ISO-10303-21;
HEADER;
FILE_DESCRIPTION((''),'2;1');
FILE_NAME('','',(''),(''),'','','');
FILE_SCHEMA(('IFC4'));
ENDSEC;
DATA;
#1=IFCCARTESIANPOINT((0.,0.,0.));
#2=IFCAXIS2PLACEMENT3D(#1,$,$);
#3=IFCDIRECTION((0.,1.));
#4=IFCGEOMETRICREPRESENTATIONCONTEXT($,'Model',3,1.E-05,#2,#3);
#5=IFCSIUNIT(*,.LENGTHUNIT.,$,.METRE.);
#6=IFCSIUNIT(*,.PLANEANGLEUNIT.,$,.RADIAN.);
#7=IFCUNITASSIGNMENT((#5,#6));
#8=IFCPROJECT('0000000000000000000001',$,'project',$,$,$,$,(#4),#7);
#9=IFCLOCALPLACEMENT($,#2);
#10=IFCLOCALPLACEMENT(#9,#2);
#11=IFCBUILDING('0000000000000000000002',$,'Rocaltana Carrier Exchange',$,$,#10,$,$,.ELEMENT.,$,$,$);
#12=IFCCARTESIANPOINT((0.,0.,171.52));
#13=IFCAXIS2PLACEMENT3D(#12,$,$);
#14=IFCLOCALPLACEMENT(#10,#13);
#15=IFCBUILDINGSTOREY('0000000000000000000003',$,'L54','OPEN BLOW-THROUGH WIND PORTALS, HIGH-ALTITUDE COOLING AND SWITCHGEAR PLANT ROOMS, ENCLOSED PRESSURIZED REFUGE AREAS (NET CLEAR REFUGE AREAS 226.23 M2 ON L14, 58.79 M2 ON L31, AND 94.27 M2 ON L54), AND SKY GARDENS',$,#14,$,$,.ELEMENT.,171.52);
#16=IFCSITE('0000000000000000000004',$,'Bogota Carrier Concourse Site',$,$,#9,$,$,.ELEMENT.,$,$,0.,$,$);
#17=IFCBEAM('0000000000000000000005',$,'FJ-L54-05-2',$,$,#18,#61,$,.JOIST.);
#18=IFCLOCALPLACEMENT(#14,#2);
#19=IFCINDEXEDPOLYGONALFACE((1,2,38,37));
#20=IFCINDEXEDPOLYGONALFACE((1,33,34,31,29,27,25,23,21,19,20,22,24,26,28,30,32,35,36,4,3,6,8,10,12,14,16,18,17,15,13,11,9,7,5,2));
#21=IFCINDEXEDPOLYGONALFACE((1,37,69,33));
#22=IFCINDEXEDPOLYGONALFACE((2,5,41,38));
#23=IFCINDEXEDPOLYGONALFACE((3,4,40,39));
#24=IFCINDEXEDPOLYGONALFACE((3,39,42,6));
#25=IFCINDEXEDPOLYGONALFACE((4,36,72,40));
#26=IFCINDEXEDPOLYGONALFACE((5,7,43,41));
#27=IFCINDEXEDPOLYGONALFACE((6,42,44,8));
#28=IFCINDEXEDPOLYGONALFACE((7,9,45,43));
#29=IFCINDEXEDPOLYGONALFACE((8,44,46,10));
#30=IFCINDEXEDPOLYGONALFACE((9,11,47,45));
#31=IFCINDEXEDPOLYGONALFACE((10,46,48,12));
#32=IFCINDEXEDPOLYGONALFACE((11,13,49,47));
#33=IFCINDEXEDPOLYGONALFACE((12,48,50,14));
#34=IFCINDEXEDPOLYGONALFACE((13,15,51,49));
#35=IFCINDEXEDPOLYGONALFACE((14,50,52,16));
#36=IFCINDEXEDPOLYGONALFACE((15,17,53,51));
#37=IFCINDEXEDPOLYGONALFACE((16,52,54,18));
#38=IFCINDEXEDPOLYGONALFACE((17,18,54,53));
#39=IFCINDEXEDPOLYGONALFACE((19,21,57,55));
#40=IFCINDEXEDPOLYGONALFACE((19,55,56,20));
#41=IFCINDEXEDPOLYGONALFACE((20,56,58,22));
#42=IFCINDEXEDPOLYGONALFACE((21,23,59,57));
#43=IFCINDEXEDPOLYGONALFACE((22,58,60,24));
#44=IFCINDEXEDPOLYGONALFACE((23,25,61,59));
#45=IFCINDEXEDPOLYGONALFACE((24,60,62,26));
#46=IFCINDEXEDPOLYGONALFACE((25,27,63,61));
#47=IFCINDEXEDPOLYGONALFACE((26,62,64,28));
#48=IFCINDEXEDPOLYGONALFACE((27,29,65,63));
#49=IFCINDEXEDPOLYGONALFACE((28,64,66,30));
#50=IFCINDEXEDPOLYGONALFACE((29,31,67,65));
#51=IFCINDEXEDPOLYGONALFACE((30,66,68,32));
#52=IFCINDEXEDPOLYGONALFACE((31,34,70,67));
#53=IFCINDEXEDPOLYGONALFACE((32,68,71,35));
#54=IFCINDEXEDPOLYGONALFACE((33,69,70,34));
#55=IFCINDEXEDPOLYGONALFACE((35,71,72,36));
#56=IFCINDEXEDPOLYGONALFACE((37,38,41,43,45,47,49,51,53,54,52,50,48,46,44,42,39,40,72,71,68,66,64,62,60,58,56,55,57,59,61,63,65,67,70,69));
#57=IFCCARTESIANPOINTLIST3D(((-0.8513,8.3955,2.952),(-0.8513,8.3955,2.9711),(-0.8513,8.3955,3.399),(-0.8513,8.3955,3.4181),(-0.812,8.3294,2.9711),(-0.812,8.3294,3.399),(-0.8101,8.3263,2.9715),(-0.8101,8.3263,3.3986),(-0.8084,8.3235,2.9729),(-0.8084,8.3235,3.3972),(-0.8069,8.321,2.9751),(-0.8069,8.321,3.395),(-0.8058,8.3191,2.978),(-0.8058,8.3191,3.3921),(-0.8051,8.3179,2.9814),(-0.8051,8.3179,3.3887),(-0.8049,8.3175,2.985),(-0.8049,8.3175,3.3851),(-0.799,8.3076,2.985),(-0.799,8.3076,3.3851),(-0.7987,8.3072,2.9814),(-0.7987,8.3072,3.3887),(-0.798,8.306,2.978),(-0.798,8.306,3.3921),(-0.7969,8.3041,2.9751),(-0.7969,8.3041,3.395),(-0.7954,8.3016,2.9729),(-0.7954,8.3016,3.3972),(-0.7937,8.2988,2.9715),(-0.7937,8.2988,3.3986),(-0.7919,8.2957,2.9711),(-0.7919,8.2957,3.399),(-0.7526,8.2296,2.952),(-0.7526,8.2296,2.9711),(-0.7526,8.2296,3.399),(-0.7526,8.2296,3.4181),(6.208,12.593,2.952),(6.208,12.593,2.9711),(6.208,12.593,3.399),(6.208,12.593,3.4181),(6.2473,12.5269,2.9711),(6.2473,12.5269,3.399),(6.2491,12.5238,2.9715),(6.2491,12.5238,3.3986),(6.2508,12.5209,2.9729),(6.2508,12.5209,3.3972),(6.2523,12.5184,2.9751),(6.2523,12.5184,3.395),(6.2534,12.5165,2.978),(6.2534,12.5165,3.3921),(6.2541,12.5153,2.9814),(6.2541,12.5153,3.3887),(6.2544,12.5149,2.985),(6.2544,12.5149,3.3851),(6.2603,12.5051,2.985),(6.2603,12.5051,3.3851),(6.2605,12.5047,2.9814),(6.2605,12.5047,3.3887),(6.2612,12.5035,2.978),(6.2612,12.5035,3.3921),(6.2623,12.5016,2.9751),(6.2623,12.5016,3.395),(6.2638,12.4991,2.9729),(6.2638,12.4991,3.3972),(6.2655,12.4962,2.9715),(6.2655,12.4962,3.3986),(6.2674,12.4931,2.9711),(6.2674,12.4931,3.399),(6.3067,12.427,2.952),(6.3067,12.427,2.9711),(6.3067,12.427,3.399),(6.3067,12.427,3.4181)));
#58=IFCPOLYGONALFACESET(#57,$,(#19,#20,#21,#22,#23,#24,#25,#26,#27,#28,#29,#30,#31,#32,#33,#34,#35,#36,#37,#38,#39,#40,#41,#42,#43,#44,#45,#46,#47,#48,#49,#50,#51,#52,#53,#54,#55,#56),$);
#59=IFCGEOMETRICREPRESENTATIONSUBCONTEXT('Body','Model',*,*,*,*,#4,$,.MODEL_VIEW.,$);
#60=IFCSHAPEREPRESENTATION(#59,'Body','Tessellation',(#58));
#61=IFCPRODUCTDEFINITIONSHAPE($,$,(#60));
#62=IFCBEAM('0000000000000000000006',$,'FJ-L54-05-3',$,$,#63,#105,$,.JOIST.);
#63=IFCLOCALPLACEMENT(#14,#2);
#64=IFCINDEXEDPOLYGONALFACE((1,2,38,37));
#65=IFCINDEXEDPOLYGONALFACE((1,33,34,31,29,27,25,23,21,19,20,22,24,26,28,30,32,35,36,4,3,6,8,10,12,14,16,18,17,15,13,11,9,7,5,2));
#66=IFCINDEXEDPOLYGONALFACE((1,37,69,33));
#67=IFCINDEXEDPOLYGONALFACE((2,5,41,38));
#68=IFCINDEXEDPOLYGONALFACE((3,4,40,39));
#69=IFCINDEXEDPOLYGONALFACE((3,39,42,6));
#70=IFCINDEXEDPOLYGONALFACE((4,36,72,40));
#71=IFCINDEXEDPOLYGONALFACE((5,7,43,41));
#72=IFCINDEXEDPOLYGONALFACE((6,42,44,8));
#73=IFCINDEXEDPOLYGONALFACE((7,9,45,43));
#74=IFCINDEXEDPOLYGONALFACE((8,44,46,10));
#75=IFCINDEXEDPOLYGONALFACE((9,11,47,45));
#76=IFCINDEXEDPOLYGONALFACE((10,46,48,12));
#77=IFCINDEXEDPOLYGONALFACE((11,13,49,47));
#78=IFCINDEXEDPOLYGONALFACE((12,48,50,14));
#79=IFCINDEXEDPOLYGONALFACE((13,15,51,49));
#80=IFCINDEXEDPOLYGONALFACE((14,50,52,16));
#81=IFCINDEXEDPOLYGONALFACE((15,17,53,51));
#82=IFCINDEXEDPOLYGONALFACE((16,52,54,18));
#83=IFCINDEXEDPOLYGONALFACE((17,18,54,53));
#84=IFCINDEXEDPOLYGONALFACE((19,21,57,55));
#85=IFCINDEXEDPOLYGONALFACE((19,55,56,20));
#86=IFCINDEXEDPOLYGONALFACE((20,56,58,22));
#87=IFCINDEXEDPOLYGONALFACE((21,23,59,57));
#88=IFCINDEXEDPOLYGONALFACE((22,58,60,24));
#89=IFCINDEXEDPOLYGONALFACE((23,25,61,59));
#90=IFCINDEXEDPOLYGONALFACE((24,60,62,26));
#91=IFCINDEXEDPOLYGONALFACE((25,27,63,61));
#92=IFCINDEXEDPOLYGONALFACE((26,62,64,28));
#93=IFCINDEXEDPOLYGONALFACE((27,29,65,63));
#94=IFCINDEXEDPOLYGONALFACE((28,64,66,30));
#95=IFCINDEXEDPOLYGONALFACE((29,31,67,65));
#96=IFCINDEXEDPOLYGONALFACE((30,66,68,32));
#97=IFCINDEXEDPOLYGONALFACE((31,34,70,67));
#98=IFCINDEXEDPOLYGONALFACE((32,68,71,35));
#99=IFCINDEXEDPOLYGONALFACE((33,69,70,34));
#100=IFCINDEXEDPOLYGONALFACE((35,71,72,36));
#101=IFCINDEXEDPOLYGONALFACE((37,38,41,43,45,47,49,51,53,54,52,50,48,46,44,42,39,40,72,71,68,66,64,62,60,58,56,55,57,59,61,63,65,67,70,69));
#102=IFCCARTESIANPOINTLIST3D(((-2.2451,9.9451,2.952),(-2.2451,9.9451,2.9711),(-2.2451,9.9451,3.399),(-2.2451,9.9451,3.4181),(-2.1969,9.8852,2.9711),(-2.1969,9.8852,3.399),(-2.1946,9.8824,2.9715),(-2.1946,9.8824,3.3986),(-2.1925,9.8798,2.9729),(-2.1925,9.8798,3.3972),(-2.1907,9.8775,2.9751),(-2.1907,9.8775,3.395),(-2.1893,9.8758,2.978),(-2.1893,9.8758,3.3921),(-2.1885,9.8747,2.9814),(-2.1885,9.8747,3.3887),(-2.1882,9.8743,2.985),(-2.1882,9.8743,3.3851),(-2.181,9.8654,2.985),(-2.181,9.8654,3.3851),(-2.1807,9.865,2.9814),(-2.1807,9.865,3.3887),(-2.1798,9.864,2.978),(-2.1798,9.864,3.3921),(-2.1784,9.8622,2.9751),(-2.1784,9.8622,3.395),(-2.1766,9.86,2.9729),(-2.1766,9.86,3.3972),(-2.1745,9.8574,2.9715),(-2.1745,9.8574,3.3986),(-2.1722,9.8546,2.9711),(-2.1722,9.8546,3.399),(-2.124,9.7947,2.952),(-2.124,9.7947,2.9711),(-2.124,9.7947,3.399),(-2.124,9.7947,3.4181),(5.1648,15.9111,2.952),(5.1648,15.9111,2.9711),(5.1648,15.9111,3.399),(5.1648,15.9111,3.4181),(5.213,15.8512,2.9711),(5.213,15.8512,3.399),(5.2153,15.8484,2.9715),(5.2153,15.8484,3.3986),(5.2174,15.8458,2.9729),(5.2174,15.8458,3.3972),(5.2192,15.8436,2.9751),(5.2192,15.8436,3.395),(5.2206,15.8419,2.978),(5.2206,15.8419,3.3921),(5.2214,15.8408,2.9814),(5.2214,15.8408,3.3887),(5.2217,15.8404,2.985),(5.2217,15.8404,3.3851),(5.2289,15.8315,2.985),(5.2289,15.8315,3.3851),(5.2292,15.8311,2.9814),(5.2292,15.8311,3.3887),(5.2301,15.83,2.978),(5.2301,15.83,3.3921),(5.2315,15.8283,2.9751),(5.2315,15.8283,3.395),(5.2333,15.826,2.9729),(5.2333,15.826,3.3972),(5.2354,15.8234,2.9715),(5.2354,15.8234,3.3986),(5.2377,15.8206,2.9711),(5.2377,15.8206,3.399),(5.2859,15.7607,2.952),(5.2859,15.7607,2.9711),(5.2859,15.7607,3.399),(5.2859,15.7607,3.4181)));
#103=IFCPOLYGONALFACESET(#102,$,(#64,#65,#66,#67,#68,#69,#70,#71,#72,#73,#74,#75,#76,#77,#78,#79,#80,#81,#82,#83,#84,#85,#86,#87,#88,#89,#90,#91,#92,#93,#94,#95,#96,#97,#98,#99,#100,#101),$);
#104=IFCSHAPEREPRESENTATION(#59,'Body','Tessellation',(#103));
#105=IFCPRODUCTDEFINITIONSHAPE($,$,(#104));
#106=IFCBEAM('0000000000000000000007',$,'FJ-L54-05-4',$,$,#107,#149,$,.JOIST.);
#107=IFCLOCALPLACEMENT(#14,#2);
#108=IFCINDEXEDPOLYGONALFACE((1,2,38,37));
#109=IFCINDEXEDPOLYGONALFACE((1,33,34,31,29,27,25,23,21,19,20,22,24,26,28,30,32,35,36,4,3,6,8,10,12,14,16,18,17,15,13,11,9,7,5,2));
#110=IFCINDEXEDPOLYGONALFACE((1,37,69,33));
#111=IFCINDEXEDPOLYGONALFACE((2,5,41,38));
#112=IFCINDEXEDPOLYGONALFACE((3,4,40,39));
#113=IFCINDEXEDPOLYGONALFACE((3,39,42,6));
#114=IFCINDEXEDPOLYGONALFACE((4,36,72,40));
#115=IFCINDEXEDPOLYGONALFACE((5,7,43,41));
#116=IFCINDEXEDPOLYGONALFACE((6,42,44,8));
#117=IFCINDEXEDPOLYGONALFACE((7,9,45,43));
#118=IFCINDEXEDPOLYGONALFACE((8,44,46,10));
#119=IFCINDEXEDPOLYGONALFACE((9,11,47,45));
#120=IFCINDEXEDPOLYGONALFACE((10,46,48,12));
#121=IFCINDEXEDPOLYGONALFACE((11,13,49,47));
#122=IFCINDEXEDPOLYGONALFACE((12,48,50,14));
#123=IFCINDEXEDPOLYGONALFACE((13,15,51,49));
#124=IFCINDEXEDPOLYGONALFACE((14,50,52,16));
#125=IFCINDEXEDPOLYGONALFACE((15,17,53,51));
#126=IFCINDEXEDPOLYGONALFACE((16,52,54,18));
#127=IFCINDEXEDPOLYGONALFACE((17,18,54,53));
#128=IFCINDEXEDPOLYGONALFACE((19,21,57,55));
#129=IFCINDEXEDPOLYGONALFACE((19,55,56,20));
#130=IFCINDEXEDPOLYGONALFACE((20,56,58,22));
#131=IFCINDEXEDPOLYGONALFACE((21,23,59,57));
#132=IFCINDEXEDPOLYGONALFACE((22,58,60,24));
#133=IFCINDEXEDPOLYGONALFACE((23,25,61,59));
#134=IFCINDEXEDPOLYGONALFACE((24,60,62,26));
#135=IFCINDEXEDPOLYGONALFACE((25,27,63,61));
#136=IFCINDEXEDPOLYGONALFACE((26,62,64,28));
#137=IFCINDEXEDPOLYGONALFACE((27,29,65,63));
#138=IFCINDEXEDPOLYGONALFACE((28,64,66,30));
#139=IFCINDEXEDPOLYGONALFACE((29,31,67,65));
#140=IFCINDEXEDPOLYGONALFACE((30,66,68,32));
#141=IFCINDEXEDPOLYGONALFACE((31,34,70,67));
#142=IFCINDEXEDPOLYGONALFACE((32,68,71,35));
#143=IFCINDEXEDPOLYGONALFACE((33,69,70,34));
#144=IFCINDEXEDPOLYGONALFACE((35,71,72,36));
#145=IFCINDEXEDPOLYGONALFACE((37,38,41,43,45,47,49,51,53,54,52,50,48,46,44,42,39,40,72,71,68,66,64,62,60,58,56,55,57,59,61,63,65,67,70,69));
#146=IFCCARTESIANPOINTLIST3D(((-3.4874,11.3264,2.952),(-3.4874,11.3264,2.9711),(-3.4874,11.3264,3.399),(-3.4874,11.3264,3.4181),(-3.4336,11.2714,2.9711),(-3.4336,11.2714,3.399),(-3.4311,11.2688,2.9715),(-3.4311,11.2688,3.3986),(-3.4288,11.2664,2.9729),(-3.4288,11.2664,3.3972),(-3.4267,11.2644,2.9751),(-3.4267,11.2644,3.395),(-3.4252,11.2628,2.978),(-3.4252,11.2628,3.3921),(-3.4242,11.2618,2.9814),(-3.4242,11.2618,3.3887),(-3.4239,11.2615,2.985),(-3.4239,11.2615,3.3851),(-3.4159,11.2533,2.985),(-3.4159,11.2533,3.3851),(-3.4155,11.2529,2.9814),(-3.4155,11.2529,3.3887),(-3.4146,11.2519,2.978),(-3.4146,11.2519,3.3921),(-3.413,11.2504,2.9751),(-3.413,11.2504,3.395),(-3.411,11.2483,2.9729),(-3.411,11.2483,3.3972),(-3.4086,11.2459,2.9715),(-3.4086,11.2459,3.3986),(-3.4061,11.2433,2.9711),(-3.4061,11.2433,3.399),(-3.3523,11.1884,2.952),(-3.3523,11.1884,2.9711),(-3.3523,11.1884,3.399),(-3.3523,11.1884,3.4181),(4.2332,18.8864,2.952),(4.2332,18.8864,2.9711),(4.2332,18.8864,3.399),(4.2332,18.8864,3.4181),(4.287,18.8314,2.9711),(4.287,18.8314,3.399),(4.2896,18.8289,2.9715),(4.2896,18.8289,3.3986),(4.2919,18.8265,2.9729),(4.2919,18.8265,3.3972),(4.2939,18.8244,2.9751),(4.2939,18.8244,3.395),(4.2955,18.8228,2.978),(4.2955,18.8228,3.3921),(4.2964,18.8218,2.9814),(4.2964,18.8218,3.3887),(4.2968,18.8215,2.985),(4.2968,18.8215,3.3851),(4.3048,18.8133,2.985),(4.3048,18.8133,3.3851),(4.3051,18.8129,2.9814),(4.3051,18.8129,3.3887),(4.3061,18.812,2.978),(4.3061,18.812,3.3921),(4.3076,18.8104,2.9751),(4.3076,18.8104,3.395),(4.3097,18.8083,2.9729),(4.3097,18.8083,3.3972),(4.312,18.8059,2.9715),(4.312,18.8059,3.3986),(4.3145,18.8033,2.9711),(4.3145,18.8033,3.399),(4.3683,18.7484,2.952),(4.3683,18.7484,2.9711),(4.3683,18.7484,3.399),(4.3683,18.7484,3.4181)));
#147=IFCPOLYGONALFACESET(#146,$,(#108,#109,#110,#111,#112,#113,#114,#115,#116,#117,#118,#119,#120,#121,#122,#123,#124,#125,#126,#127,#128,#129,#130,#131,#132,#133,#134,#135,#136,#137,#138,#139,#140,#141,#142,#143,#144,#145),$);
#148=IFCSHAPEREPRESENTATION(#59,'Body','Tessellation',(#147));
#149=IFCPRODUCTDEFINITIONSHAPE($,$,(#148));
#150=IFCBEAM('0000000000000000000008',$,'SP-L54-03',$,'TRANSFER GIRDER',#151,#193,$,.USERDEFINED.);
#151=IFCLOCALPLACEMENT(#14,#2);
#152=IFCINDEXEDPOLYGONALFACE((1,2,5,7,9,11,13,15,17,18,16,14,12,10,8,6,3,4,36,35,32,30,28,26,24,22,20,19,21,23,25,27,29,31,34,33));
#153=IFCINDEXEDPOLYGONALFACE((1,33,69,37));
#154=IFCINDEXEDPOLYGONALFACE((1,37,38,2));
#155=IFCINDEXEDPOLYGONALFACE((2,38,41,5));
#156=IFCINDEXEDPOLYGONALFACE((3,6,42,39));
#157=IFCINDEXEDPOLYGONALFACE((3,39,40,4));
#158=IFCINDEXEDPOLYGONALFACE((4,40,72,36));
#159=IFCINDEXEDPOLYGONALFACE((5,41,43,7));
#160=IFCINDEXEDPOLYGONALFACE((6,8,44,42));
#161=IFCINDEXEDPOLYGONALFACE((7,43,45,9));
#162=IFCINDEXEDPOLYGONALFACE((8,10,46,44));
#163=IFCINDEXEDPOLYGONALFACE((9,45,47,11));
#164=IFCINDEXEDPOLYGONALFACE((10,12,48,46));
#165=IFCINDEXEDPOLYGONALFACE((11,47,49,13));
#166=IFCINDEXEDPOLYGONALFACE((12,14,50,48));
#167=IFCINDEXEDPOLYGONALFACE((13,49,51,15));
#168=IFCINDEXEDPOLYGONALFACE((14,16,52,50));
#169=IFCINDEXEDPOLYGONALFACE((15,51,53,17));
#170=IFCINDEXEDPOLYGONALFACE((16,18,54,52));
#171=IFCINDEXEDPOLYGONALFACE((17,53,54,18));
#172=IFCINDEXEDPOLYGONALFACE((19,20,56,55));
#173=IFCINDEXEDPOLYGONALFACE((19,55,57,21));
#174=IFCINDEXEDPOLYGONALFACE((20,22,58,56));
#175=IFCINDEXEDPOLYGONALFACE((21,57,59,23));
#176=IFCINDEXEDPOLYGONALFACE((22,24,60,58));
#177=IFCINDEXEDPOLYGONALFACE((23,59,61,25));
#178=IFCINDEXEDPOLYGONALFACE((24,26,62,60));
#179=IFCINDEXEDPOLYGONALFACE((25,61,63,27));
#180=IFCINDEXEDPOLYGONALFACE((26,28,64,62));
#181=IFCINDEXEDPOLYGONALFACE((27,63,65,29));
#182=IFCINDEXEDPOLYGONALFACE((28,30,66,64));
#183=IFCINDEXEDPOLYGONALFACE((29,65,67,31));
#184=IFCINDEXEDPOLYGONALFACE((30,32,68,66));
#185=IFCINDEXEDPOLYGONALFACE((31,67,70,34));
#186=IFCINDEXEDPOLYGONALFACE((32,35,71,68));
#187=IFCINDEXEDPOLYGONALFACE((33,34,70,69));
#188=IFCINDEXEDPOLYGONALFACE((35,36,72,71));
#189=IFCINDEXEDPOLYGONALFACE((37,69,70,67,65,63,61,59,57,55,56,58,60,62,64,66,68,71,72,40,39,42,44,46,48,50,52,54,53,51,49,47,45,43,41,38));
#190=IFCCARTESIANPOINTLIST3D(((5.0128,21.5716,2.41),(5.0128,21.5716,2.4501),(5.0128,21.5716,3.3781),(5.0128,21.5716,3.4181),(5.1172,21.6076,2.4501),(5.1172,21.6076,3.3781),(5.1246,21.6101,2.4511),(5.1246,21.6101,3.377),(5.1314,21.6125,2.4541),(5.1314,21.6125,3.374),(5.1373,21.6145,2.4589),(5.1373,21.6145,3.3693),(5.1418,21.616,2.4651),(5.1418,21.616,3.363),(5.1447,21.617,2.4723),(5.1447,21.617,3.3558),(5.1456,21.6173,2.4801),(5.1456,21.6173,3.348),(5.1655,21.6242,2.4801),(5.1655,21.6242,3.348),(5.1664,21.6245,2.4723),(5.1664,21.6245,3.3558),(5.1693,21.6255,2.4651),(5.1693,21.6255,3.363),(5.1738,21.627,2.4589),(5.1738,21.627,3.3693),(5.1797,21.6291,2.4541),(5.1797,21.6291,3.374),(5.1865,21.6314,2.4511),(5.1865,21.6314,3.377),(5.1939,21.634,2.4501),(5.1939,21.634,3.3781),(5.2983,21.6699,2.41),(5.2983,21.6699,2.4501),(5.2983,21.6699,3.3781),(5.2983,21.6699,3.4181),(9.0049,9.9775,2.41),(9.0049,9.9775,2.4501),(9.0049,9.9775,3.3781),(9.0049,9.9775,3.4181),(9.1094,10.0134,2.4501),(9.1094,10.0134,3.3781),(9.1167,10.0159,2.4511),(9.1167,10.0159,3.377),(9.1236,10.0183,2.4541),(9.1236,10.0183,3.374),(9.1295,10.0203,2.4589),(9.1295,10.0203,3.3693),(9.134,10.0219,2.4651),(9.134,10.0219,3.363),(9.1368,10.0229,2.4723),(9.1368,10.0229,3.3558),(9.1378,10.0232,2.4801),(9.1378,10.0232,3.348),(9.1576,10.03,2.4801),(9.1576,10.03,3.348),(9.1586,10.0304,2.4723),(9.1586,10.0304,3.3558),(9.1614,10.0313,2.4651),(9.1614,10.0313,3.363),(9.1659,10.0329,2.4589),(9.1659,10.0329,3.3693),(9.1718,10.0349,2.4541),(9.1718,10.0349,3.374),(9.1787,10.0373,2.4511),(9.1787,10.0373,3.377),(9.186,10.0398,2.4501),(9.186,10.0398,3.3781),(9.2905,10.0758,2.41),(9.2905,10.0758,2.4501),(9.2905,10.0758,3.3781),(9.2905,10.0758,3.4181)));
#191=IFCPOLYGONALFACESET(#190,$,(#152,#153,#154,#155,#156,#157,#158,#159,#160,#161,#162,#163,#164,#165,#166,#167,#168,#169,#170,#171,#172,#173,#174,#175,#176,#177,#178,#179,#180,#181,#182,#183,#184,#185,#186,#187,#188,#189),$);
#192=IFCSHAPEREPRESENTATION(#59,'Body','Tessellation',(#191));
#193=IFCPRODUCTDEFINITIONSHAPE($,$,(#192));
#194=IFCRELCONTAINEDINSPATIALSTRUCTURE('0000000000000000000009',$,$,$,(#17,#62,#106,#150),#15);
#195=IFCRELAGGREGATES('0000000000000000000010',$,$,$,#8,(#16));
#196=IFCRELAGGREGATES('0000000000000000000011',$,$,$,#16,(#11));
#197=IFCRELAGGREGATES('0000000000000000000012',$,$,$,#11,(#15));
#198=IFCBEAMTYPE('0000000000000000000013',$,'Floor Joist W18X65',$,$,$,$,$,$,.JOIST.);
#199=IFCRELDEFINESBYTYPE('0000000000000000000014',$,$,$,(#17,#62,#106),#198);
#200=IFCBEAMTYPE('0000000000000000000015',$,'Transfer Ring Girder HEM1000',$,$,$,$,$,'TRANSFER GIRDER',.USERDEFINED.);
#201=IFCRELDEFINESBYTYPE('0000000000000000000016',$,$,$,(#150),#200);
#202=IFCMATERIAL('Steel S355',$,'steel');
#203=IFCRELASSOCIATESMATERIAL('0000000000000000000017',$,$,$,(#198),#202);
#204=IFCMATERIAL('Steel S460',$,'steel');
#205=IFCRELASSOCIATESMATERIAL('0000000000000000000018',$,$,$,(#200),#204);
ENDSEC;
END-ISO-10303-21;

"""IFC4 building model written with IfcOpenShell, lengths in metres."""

from ifc_helpers import new_model, si_unit, direction, frame, origin, origin_2d, place, context, subcontext, project, spatial, i_section, extrude, material, material_profile, profile_set, type_object, element, save


model = new_model("IFC4")

# Units and contexts
model_context = context("Model", 3, precision=1e-05, world=origin(), true_north=direction((0.0, 1.0)))
body_context = subcontext(model_context, "Body", "Model", "MODEL_VIEW")
ifc_project = project(units=[si_unit("LENGTHUNIT", "METRE"), si_unit("PLANEANGLEUNIT", "RADIAN")], contexts=[model_context])

# Site, building, storey
site_placement = place(None, origin())
site = spatial("IfcSite", under=ifc_project, at=site_placement, Name="Bogota Carrier Concourse Site", CompositionType="ELEMENT", RefElevation=0.0)
building_placement = place(site_placement, origin())
building = spatial("IfcBuilding", under=site, at=building_placement, Name="Rocaltana Carrier Exchange", CompositionType="ELEMENT")
storey_placement = place(building_placement, frame((0.0, 0.0, 171.52)))
storey = spatial("IfcBuildingStorey", under=building, at=storey_placement, Name="L54", Description="OPEN BLOW-THROUGH WIND PORTALS, HIGH-ALTITUDE COOLING AND SWITCHGEAR PLANT ROOMS, ENCLOSED PRESSURIZED REFUGE AREAS (NET CLEAR REFUGE AREAS 226.23 M2 ON L14, 58.79 M2 ON L31, AND 94.27 M2 ON L54), AND SKY GARDENS", CompositionType="ELEMENT", Elevation=171.52)

# Beams
ifc_material_1 = material(Name="Steel S355", Category="steel")
ifc_material_profile_1 = material_profile(ifc_material_1, i_section(OverallWidth=0.1931, OverallDepth=0.4661, WebThickness=0.0115, FlangeThickness=0.019, FilletRadius=0.0139, at=origin_2d()), Name="W18X65")
ifc_profile_set_1 = profile_set([ifc_material_profile_1], Name="Steel S355")
beam_type_1 = type_object("IfcBeamType", Name="Floor Joist W18X65", PredefinedType="JOIST", material=ifc_profile_set_1)
beam_1_placement = place(storey_placement, frame((6.2573, 12.51, 3.1851), z_axis=(-0.859532, -0.511082, 0.0), x_axis=(0.511082, -0.859532, 0.0)))
element("IfcBeam", 1, at=beam_1_placement, inside=storey, type_object=beam_type_1, Name="FJ-L54-05-2", PredefinedType="JOIST", context=body_context, shape_type="SweptSolid", body=[
    extrude(i_section(OverallWidth=0.1931, OverallDepth=0.4661, WebThickness=0.0115, FlangeThickness=0.019, FilletRadius=0.0139, at=origin_2d()), origin(), (0.0, 0.0, 1.0), 8.2129),
])
beam_2_placement = place(storey_placement, frame((5.2253, 15.8359, 3.1851), z_axis=(-0.77891, -0.627136, 0.0), x_axis=(0.627136, -0.77891, 0.0)))
element("IfcBeam", 2, at=beam_2_placement, inside=storey, type_object=beam_type_1, Name="FJ-L54-05-3", PredefinedType="JOIST", context=body_context, shape_type="SweptSolid", body=[
    extrude(i_section(OverallWidth=0.1931, OverallDepth=0.4661, WebThickness=0.0115, FlangeThickness=0.019, FilletRadius=0.0139, at=origin_2d()), origin(), (0.0, 0.0, 1.0), 9.5132),
])
beam_3_placement = place(storey_placement, frame((4.3008, 18.8174, 3.1851), z_axis=(-0.714501, -0.699634, 0.0), x_axis=(0.699634, -0.714501, 0.0)))
element("IfcBeam", 3, at=beam_3_placement, inside=storey, type_object=beam_type_1, Name="FJ-L54-05-4", PredefinedType="JOIST", context=body_context, shape_type="SweptSolid", body=[
    extrude(i_section(OverallWidth=0.1931, OverallDepth=0.4661, WebThickness=0.0115, FlangeThickness=0.019, FilletRadius=0.0139, at=origin_2d()), origin(), (0.0, 0.0, 1.0), 10.8057),
])
ifc_material_2 = material(Name="Steel S460", Category="steel")
ifc_material_profile_2 = material_profile(ifc_material_2, i_section(OverallWidth=0.302, OverallDepth=1.0081, WebThickness=0.021, FlangeThickness=0.04, FilletRadius=0.03, at=origin_2d()), Name="HEM1000")
ifc_profile_set_2 = profile_set([ifc_material_profile_2], Name="Steel S460")
beam_type_2 = type_object("IfcBeamType", Name="Transfer Ring Girder HEM1000", ElementType="TRANSFER GIRDER", PredefinedType="USERDEFINED", material=ifc_profile_set_2)
beam_4_placement = place(storey_placement, frame((9.1477, 10.0266, 2.9141), z_axis=(-0.325566, 0.945519, 0.0), x_axis=(-0.945519, -0.325566, 0.0)))
element("IfcBeam", 4, at=beam_4_placement, inside=storey, type_object=beam_type_2, Name="SP-L54-03", ObjectType="TRANSFER GIRDER", PredefinedType="USERDEFINED", context=body_context, shape_type="SweptSolid", body=[
    extrude(i_section(OverallWidth=0.302, OverallDepth=1.0081, WebThickness=0.021, FlangeThickness=0.04, FilletRadius=0.03, at=origin_2d()), origin(), (0.0, 0.0, 1.0), 12.2622),
])

save(model, "model.ifc")
